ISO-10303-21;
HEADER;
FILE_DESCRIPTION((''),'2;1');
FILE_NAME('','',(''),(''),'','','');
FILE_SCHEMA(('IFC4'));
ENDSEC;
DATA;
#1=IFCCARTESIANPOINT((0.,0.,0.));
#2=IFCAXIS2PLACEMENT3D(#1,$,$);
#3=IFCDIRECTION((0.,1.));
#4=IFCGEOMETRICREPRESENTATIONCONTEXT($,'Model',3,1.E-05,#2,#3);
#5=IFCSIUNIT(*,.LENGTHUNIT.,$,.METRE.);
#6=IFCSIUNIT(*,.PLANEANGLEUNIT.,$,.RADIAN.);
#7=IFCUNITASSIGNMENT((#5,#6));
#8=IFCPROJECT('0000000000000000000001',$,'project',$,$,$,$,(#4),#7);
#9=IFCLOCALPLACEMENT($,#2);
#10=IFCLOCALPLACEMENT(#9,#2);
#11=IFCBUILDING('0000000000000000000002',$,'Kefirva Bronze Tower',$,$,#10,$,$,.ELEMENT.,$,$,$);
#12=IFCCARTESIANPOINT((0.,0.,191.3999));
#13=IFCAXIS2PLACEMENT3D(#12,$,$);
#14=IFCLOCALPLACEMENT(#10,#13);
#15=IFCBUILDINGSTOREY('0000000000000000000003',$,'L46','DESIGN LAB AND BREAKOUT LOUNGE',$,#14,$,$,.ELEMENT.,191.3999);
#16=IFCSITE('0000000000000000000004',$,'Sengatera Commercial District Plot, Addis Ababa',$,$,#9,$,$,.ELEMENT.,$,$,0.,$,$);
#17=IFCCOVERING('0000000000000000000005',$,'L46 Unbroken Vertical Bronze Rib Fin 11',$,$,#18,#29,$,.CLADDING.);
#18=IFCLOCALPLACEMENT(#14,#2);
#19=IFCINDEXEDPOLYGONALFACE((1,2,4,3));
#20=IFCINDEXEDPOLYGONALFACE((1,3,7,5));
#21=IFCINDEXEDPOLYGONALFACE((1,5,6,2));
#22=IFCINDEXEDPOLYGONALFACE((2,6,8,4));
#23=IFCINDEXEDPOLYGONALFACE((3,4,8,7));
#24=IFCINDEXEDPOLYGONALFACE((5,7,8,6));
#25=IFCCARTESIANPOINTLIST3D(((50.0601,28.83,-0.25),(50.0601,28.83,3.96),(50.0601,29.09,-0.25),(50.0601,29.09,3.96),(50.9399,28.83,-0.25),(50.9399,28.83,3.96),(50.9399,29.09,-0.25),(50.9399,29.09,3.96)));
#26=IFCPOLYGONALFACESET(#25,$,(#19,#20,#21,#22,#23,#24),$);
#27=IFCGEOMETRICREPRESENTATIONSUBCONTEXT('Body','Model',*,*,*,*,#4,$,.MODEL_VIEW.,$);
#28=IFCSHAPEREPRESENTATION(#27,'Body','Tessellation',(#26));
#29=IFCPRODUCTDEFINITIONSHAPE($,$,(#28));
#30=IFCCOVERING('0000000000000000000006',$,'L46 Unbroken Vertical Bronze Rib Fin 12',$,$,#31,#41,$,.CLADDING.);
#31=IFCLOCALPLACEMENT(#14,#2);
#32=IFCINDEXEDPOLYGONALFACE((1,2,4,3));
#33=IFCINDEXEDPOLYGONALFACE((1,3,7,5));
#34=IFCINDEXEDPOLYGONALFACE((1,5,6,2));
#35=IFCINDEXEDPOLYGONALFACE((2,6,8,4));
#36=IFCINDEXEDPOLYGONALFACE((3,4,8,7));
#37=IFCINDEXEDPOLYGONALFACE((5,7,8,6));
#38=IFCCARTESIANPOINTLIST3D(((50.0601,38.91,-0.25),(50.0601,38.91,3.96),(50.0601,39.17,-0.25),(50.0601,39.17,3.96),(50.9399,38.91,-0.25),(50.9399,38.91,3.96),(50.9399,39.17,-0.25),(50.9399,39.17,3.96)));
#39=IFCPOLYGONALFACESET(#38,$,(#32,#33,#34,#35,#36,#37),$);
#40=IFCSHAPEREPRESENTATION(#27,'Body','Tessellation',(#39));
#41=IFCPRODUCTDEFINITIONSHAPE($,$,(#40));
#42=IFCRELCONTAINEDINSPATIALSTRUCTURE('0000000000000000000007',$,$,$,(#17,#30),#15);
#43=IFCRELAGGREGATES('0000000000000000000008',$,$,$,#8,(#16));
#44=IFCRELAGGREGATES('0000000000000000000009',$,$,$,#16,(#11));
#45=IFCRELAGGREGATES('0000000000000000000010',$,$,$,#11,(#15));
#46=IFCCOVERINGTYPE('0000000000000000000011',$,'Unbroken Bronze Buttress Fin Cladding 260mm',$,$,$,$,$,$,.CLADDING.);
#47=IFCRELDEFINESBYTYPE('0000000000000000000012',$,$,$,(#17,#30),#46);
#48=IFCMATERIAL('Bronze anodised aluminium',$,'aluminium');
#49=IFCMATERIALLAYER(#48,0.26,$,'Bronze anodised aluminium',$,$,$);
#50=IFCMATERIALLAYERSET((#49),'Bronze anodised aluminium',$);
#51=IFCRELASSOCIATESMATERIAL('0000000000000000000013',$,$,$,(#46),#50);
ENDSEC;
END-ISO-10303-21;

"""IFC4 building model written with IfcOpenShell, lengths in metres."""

from ifc_helpers import new_model, si_unit, direction, frame, origin, origin_2d, place, context, subcontext, project, spatial, rectangle, extrude, material, layer, layer_set, type_object, element, save


model = new_model("IFC4")

# Units and contexts
model_context = context("Model", 3, precision=1e-05, world=origin(), true_north=direction((0.0, 1.0)))
body_context = subcontext(model_context, "Body", "Model", "MODEL_VIEW")
ifc_project = project(units=[si_unit("LENGTHUNIT", "METRE"), si_unit("PLANEANGLEUNIT", "RADIAN")], contexts=[model_context])

# Site, building, storey
site_placement = place(None, origin())
site = spatial("IfcSite", under=ifc_project, at=site_placement, Name="Sengatera Commercial District Plot, Addis Ababa", CompositionType="ELEMENT", RefElevation=0.0)
building_placement = place(site_placement, origin())
building = spatial("IfcBuilding", under=site, at=building_placement, Name="Kefirva Bronze Tower", CompositionType="ELEMENT")
storey_placement = place(building_placement, frame((0.0, 0.0, 191.3999)))
storey = spatial("IfcBuildingStorey", under=building, at=storey_placement, Name="L46", Description="DESIGN LAB AND BREAKOUT LOUNGE", CompositionType="ELEMENT", Elevation=191.3999)

# Shared definitions
ifc_material_1 = material(Name="Bronze anodised aluminium", Category="aluminium")

# Coverings
ifc_layer_1 = layer(ifc_material_1, 0.26, Name="Bronze anodised aluminium")
ifc_layer_set_1 = layer_set([ifc_layer_1], Name="Bronze anodised aluminium")
covering_type_1 = type_object("IfcCoveringType", Name="Unbroken Bronze Buttress Fin Cladding 260mm", PredefinedType="CLADDING", material=ifc_layer_set_1)
for number, where, z_axis, x_axis, name in (
    (1, (50.5, 28.96, -0.25), (0.0, 0.0, 1.0), (0.0, 1.0, 0.0), "L46 Unbroken Vertical Bronze Rib Fin 11"),
    (2, (50.5, 39.04, -0.25), (0.0, 0.0, 1.0), (0.0, 1.0, 0.0), "L46 Unbroken Vertical Bronze Rib Fin 12"),
):
    element("IfcCovering", number, at=place(storey_placement, frame(where, z_axis=z_axis, x_axis=x_axis)), inside=storey, type_object=covering_type_1, Name=name, PredefinedType="CLADDING", context=body_context, shape_type="SweptSolid", body=[
        extrude(rectangle(XDim=0.26, YDim=0.8799, at=origin_2d()), origin(), (0.0, 0.0, 1.0), 4.21),
    ])

save(model, "model.ifc")
